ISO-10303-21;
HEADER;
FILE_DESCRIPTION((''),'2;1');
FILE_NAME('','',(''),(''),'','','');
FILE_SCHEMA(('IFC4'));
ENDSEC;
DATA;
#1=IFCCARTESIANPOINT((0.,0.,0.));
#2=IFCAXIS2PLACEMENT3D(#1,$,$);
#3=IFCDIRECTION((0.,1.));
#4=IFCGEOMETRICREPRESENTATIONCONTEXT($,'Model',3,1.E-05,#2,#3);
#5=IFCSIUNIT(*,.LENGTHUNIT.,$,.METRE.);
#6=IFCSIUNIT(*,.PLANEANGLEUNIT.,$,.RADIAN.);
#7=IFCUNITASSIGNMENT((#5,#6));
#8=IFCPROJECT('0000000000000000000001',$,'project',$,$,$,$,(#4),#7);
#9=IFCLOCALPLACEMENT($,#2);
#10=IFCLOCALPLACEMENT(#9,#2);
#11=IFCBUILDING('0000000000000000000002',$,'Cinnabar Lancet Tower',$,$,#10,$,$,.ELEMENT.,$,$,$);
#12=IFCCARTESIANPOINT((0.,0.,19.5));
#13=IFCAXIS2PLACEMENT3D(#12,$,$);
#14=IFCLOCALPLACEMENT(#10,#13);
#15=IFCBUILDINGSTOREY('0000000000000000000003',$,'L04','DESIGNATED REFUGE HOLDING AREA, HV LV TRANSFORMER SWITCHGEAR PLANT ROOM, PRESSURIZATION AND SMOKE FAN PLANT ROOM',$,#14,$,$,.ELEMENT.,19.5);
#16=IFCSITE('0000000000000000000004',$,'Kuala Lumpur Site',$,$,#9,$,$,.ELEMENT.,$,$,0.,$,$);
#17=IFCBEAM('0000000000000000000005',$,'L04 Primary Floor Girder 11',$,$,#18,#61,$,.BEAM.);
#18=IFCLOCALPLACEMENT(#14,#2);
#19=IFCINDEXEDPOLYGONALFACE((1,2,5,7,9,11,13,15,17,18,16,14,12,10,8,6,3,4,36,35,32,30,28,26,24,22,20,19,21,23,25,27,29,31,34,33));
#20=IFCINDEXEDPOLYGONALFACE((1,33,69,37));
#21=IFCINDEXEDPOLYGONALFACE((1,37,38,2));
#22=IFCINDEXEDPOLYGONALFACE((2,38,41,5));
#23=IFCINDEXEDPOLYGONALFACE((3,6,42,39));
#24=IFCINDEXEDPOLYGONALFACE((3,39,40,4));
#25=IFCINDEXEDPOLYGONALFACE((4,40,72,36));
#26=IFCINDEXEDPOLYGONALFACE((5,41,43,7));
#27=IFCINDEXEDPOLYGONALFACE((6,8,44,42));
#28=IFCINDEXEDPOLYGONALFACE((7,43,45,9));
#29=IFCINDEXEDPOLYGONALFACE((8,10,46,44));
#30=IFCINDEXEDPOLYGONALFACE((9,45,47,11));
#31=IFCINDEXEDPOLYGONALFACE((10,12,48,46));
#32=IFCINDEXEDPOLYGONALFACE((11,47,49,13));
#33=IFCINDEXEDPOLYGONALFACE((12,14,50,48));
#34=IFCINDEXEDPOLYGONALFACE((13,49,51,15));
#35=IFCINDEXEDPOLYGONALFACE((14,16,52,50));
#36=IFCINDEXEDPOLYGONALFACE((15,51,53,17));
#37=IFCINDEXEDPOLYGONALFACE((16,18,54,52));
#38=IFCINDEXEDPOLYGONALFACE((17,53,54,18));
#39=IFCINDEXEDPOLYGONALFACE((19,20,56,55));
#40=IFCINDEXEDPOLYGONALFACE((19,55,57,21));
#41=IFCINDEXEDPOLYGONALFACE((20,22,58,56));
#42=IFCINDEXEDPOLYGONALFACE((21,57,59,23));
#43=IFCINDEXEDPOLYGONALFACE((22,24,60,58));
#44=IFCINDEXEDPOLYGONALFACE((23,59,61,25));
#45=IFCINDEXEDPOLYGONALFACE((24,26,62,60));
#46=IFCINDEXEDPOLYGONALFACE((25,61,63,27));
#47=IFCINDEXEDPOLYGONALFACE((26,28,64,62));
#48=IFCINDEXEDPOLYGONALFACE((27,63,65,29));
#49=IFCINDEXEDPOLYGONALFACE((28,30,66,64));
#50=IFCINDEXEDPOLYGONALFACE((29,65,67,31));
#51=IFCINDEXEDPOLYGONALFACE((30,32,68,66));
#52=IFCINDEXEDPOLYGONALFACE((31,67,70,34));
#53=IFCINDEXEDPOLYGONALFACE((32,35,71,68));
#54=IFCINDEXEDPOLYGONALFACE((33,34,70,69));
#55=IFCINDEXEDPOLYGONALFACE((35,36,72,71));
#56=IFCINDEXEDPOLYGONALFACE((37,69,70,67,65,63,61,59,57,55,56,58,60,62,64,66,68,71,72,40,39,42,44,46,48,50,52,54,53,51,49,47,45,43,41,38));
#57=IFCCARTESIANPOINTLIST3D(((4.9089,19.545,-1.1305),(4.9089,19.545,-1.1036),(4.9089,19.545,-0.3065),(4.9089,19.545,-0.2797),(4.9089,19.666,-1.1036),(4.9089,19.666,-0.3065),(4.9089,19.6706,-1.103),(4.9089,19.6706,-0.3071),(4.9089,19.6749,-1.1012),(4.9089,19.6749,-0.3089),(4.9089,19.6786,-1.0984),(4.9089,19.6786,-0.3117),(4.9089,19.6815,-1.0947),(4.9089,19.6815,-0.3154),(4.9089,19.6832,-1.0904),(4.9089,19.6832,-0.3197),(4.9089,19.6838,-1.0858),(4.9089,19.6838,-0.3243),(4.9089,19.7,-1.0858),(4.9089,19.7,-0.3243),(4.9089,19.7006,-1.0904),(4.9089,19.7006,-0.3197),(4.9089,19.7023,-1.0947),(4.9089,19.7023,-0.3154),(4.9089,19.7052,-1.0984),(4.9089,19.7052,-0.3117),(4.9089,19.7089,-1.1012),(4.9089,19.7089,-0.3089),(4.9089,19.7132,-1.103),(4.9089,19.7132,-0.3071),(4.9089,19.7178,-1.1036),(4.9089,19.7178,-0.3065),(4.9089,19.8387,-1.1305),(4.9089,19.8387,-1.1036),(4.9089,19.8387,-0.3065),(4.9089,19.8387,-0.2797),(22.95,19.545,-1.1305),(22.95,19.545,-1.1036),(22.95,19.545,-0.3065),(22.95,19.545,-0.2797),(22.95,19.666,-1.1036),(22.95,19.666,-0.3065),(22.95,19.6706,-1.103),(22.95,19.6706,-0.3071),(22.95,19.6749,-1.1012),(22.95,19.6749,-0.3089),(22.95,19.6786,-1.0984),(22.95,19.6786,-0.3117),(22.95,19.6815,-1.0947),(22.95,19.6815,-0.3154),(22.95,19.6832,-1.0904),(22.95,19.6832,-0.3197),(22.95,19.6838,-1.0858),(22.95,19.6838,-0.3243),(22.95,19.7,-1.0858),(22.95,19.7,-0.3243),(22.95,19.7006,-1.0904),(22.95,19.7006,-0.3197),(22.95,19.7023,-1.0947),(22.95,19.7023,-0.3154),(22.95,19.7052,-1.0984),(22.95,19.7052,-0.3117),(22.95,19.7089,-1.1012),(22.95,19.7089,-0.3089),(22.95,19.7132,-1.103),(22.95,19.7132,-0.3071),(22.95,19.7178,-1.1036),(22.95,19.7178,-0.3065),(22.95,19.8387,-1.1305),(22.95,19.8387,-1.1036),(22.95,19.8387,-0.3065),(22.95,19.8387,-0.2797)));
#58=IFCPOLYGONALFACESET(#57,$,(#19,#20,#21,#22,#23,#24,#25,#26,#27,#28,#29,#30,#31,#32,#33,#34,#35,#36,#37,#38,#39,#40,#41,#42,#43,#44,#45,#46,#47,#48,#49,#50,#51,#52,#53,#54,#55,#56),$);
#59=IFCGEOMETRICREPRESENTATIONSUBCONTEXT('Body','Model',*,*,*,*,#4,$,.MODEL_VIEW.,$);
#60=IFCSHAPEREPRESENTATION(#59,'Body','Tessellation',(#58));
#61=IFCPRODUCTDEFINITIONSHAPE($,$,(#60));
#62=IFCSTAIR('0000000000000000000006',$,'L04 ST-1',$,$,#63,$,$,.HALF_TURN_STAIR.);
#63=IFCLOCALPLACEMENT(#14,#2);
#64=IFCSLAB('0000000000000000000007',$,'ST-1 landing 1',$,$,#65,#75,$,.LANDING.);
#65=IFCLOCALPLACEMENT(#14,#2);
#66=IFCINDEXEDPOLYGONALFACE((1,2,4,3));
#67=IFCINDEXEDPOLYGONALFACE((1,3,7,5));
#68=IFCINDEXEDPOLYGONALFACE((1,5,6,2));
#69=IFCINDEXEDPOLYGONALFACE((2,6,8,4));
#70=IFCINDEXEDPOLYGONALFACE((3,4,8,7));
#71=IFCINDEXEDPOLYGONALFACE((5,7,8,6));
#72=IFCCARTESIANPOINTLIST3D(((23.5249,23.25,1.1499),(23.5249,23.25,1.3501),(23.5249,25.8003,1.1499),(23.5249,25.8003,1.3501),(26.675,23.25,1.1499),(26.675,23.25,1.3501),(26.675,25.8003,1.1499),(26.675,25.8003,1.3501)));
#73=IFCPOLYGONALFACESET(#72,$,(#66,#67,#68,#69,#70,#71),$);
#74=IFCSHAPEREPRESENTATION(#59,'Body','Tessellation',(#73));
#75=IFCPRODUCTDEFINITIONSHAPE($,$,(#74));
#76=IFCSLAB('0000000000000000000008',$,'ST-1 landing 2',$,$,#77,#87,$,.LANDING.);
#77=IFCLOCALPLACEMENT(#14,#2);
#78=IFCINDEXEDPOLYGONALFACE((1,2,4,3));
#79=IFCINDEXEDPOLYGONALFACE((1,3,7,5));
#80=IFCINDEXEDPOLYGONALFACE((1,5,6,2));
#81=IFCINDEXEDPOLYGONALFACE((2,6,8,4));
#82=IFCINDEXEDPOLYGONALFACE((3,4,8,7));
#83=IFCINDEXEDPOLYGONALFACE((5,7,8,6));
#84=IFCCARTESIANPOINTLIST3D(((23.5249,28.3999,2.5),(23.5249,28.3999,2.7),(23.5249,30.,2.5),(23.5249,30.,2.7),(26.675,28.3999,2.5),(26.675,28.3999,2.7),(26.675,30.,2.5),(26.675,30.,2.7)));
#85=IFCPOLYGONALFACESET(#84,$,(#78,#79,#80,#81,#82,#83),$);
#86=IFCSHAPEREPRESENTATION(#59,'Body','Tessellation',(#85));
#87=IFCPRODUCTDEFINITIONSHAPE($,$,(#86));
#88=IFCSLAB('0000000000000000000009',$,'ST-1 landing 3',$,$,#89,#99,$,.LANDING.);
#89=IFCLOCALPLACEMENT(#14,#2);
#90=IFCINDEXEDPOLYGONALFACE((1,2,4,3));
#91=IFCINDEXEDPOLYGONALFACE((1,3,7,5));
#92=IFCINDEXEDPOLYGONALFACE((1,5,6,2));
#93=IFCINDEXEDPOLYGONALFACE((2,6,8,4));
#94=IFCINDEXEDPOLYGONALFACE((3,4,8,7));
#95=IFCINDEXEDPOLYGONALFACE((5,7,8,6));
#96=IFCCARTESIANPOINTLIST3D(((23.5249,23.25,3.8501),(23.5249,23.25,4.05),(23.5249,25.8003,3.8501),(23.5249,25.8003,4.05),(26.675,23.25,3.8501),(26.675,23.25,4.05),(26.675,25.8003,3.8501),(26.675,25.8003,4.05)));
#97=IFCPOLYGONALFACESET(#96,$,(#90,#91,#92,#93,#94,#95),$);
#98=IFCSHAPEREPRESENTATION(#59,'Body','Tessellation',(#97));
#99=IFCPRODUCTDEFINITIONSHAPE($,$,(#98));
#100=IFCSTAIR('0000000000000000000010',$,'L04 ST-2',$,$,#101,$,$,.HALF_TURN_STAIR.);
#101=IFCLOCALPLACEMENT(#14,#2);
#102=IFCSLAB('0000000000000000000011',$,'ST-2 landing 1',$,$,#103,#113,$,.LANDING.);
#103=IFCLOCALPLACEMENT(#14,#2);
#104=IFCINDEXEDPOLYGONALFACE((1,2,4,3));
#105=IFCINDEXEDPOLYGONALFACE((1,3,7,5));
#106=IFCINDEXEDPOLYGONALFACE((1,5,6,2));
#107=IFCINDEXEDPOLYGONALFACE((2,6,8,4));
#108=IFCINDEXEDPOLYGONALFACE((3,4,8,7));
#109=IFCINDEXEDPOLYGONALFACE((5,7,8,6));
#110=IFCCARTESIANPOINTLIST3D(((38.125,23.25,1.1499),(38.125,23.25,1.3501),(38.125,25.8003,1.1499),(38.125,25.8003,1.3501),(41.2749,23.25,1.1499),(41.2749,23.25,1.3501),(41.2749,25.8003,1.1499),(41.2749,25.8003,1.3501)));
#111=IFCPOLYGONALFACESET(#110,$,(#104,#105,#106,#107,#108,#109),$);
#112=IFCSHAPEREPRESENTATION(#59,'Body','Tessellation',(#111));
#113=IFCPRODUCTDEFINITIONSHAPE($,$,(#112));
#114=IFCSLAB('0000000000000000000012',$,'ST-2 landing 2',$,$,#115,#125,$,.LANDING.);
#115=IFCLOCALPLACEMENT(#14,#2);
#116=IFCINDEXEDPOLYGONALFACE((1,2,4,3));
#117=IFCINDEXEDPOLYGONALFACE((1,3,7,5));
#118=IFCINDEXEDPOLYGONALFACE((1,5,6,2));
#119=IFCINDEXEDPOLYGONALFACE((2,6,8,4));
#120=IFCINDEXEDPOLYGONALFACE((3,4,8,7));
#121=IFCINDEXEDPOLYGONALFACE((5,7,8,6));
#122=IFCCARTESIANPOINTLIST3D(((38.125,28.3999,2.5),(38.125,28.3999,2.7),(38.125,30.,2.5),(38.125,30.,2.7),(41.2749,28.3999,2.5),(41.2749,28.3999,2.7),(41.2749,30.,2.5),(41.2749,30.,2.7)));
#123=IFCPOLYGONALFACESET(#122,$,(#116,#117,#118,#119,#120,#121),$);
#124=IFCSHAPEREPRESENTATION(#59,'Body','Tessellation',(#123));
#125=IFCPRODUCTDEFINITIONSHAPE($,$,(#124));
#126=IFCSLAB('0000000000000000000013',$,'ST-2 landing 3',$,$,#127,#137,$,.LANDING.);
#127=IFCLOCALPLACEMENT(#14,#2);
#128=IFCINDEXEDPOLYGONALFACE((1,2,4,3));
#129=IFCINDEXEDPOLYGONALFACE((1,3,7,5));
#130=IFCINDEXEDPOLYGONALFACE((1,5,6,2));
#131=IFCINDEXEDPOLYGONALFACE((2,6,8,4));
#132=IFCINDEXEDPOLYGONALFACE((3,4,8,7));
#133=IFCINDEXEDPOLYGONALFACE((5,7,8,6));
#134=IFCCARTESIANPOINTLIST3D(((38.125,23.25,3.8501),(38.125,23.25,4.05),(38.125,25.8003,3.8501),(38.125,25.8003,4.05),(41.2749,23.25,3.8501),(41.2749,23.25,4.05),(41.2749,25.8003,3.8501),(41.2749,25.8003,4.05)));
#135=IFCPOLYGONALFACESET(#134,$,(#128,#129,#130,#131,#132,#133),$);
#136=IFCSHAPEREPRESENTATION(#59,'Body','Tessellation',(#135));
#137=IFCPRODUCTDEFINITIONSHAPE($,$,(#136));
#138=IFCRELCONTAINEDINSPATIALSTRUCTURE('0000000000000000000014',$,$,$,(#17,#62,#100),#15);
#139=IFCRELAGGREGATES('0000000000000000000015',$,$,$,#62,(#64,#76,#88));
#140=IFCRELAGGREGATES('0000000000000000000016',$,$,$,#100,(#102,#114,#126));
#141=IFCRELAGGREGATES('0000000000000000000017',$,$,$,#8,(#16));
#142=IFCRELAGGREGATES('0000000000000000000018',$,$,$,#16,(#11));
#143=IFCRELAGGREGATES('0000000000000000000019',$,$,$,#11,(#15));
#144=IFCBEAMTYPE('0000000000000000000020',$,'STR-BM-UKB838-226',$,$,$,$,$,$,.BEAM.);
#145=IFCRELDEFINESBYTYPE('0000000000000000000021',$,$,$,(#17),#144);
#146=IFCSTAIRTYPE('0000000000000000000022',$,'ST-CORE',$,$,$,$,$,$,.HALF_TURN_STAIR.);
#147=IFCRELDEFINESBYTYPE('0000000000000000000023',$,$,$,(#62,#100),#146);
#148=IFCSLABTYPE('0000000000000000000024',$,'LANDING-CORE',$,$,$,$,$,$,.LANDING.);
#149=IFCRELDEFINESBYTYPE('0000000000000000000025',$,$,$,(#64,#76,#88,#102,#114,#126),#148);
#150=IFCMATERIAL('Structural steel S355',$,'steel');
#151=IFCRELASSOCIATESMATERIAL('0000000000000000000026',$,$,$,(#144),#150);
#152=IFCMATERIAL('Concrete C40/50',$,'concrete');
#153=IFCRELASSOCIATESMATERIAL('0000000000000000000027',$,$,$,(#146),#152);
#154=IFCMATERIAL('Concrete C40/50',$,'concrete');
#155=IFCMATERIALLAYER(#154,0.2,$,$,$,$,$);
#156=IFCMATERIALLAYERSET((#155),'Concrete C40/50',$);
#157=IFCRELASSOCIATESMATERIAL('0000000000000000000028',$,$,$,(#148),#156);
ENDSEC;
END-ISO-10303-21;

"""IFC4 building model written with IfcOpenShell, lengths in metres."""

from ifc_helpers import new_model, si_unit, direction, frame, origin, origin_2d, place, context, subcontext, project, spatial, polyline, i_section, outline, extrude, material, layer, layer_set, material_profile, profile_set, type_object, element, aggregate, save


model = new_model("IFC4")

# Units and contexts
model_context = context("Model", 3, precision=1e-05, world=origin(), true_north=direction((0.0, 1.0)))
body_context = subcontext(model_context, "Body", "Model", "MODEL_VIEW")
ifc_project = project(units=[si_unit("LENGTHUNIT", "METRE"), si_unit("PLANEANGLEUNIT", "RADIAN")], contexts=[model_context])

# Site, building, storey
site_placement = place(None, origin())
site = spatial("IfcSite", under=ifc_project, at=site_placement, Name="Kuala Lumpur Site", CompositionType="ELEMENT", RefElevation=0.0)
building_placement = place(site_placement, origin())
building = spatial("IfcBuilding", under=site, at=building_placement, Name="Cinnabar Lancet Tower", CompositionType="ELEMENT")
storey_placement = place(building_placement, frame((0.0, 0.0, 19.5)))
storey = spatial("IfcBuildingStorey", under=building, at=storey_placement, Name="L04", Description="DESIGNATED REFUGE HOLDING AREA, HV LV TRANSFORMER SWITCHGEAR PLANT ROOM, PRESSURIZATION AND SMOKE FAN PLANT ROOM", CompositionType="ELEMENT", Elevation=19.5)

# Beam
ifc_material_1 = material(Name="Structural steel S355", Category="steel")
ifc_material_profile_1 = material_profile(ifc_material_1, i_section(OverallWidth=0.2937, OverallDepth=0.8508, WebThickness=0.0161, FlangeThickness=0.0269, FilletRadius=0.0178, at=origin_2d()), Name="UKB 838x292x226")
ifc_profile_set_1 = profile_set([ifc_material_profile_1], Name="Structural steel S355")
beam_type_1 = type_object("IfcBeamType", Name="STR-BM-UKB838-226", PredefinedType="BEAM", material=ifc_profile_set_1)
beam_1_placement = place(storey_placement, frame((4.9089, 19.6919, -0.7051), z_axis=(1.0, 0.0, 0.0), x_axis=(0.0, 1.0, 0.0)))
element("IfcBeam", 1, at=beam_1_placement, inside=storey, type_object=beam_type_1, Name="L04 Primary Floor Girder 11", PredefinedType="BEAM", context=body_context, shape_type="SweptSolid", body=[
    extrude(i_section(OverallWidth=0.2937, OverallDepth=0.8508, WebThickness=0.0161, FlangeThickness=0.0269, FilletRadius=0.0178, at=origin_2d()), origin(), (0.0, 0.0, 1.0), 18.041),
])

# Stairs, slabs
ifc_material_2 = material(Name="Concrete C40/50", Category="concrete")
stair_type = type_object("IfcStairType", Name="ST-CORE", PredefinedType="HALF_TURN_STAIR", material=ifc_material_2)
stair_1_placement = place(storey_placement, origin())
stair_1 = element("IfcStair", 2, at=stair_1_placement, inside=storey, type_object=stair_type, Name="L04 ST-1", PredefinedType="HALF_TURN_STAIR")
ifc_material_3 = material(Name="Concrete C40/50", Category="concrete")
ifc_layer_1 = layer(ifc_material_3, 0.2)
ifc_layer_set_1 = layer_set([ifc_layer_1], Name="Concrete C40/50")
slab_type_1 = type_object("IfcSlabType", Name="LANDING-CORE", PredefinedType="LANDING", material=ifc_layer_set_1)
slab_1_placement = place(storey_placement, frame((0.0, 0.0, 1.1499)))
slab_1 = element("IfcSlab", 3, at=slab_1_placement, type_object=slab_type_1, Name="ST-1 landing 1", PredefinedType="LANDING", context=body_context, shape_type="SweptSolid", body=[
    extrude(outline(polyline([(23.5249, 25.8003), (23.5249, 23.25), (26.675, 23.25), (26.675, 25.8003), (23.5249, 25.8003)])), origin(), (0.0, 0.0, 1.0), 0.2002),
])
slab_2_placement = place(storey_placement, frame((0.0, 0.0, 2.5)))
slab_2 = element("IfcSlab", 4, at=slab_2_placement, type_object=slab_type_1, Name="ST-1 landing 2", PredefinedType="LANDING", context=body_context, shape_type="SweptSolid", body=[
    extrude(outline(polyline([(23.5249, 30.0), (23.5249, 28.3999), (26.675, 28.3999), (26.675, 30.0), (23.5249, 30.0)])), origin(), (0.0, 0.0, 1.0), 0.2),
])
slab_3_placement = place(storey_placement, frame((0.0, 0.0, 3.8501)))
slab_3 = element("IfcSlab", 5, at=slab_3_placement, type_object=slab_type_1, Name="ST-1 landing 3", PredefinedType="LANDING", context=body_context, shape_type="SweptSolid", body=[
    extrude(outline(polyline([(23.5249, 25.8003), (23.5249, 23.25), (26.675, 23.25), (26.675, 25.8003), (23.5249, 25.8003)])), origin(), (0.0, 0.0, 1.0), 0.2),
])
aggregate(stair_1, [slab_1, slab_2, slab_3])
stair_2_placement = place(storey_placement, origin())
stair_2 = element("IfcStair", 6, at=stair_2_placement, inside=storey, type_object=stair_type, Name="L04 ST-2", PredefinedType="HALF_TURN_STAIR")
slab_4_placement = place(storey_placement, frame((0.0, 0.0, 1.1499)))
slab_4 = element("IfcSlab", 7, at=slab_4_placement, type_object=slab_type_1, Name="ST-2 landing 1", PredefinedType="LANDING", context=body_context, shape_type="SweptSolid", body=[
    extrude(outline(polyline([(38.125, 25.8003), (38.125, 23.25), (41.2749, 23.25), (41.2749, 25.8003), (38.125, 25.8003)])), origin(), (0.0, 0.0, 1.0), 0.2002),
])
slab_5_placement = place(storey_placement, frame((0.0, 0.0, 2.5)))
slab_5 = element("IfcSlab", 8, at=slab_5_placement, type_object=slab_type_1, Name="ST-2 landing 2", PredefinedType="LANDING", context=body_context, shape_type="SweptSolid", body=[
    extrude(outline(polyline([(38.125, 30.0), (38.125, 28.3999), (41.2749, 28.3999), (41.2749, 30.0), (38.125, 30.0)])), origin(), (0.0, 0.0, 1.0), 0.2),
])
slab_6_placement = place(storey_placement, frame((0.0, 0.0, 3.8501)))
slab_6 = element("IfcSlab", 9, at=slab_6_placement, type_object=slab_type_1, Name="ST-2 landing 3", PredefinedType="LANDING", context=body_context, shape_type="SweptSolid", body=[
    extrude(outline(polyline([(38.125, 25.8003), (38.125, 23.25), (41.2749, 23.25), (41.2749, 25.8003), (38.125, 25.8003)])), origin(), (0.0, 0.0, 1.0), 0.2),
])
aggregate(stair_2, [slab_4, slab_5, slab_6])

save(model, "model.ifc")
